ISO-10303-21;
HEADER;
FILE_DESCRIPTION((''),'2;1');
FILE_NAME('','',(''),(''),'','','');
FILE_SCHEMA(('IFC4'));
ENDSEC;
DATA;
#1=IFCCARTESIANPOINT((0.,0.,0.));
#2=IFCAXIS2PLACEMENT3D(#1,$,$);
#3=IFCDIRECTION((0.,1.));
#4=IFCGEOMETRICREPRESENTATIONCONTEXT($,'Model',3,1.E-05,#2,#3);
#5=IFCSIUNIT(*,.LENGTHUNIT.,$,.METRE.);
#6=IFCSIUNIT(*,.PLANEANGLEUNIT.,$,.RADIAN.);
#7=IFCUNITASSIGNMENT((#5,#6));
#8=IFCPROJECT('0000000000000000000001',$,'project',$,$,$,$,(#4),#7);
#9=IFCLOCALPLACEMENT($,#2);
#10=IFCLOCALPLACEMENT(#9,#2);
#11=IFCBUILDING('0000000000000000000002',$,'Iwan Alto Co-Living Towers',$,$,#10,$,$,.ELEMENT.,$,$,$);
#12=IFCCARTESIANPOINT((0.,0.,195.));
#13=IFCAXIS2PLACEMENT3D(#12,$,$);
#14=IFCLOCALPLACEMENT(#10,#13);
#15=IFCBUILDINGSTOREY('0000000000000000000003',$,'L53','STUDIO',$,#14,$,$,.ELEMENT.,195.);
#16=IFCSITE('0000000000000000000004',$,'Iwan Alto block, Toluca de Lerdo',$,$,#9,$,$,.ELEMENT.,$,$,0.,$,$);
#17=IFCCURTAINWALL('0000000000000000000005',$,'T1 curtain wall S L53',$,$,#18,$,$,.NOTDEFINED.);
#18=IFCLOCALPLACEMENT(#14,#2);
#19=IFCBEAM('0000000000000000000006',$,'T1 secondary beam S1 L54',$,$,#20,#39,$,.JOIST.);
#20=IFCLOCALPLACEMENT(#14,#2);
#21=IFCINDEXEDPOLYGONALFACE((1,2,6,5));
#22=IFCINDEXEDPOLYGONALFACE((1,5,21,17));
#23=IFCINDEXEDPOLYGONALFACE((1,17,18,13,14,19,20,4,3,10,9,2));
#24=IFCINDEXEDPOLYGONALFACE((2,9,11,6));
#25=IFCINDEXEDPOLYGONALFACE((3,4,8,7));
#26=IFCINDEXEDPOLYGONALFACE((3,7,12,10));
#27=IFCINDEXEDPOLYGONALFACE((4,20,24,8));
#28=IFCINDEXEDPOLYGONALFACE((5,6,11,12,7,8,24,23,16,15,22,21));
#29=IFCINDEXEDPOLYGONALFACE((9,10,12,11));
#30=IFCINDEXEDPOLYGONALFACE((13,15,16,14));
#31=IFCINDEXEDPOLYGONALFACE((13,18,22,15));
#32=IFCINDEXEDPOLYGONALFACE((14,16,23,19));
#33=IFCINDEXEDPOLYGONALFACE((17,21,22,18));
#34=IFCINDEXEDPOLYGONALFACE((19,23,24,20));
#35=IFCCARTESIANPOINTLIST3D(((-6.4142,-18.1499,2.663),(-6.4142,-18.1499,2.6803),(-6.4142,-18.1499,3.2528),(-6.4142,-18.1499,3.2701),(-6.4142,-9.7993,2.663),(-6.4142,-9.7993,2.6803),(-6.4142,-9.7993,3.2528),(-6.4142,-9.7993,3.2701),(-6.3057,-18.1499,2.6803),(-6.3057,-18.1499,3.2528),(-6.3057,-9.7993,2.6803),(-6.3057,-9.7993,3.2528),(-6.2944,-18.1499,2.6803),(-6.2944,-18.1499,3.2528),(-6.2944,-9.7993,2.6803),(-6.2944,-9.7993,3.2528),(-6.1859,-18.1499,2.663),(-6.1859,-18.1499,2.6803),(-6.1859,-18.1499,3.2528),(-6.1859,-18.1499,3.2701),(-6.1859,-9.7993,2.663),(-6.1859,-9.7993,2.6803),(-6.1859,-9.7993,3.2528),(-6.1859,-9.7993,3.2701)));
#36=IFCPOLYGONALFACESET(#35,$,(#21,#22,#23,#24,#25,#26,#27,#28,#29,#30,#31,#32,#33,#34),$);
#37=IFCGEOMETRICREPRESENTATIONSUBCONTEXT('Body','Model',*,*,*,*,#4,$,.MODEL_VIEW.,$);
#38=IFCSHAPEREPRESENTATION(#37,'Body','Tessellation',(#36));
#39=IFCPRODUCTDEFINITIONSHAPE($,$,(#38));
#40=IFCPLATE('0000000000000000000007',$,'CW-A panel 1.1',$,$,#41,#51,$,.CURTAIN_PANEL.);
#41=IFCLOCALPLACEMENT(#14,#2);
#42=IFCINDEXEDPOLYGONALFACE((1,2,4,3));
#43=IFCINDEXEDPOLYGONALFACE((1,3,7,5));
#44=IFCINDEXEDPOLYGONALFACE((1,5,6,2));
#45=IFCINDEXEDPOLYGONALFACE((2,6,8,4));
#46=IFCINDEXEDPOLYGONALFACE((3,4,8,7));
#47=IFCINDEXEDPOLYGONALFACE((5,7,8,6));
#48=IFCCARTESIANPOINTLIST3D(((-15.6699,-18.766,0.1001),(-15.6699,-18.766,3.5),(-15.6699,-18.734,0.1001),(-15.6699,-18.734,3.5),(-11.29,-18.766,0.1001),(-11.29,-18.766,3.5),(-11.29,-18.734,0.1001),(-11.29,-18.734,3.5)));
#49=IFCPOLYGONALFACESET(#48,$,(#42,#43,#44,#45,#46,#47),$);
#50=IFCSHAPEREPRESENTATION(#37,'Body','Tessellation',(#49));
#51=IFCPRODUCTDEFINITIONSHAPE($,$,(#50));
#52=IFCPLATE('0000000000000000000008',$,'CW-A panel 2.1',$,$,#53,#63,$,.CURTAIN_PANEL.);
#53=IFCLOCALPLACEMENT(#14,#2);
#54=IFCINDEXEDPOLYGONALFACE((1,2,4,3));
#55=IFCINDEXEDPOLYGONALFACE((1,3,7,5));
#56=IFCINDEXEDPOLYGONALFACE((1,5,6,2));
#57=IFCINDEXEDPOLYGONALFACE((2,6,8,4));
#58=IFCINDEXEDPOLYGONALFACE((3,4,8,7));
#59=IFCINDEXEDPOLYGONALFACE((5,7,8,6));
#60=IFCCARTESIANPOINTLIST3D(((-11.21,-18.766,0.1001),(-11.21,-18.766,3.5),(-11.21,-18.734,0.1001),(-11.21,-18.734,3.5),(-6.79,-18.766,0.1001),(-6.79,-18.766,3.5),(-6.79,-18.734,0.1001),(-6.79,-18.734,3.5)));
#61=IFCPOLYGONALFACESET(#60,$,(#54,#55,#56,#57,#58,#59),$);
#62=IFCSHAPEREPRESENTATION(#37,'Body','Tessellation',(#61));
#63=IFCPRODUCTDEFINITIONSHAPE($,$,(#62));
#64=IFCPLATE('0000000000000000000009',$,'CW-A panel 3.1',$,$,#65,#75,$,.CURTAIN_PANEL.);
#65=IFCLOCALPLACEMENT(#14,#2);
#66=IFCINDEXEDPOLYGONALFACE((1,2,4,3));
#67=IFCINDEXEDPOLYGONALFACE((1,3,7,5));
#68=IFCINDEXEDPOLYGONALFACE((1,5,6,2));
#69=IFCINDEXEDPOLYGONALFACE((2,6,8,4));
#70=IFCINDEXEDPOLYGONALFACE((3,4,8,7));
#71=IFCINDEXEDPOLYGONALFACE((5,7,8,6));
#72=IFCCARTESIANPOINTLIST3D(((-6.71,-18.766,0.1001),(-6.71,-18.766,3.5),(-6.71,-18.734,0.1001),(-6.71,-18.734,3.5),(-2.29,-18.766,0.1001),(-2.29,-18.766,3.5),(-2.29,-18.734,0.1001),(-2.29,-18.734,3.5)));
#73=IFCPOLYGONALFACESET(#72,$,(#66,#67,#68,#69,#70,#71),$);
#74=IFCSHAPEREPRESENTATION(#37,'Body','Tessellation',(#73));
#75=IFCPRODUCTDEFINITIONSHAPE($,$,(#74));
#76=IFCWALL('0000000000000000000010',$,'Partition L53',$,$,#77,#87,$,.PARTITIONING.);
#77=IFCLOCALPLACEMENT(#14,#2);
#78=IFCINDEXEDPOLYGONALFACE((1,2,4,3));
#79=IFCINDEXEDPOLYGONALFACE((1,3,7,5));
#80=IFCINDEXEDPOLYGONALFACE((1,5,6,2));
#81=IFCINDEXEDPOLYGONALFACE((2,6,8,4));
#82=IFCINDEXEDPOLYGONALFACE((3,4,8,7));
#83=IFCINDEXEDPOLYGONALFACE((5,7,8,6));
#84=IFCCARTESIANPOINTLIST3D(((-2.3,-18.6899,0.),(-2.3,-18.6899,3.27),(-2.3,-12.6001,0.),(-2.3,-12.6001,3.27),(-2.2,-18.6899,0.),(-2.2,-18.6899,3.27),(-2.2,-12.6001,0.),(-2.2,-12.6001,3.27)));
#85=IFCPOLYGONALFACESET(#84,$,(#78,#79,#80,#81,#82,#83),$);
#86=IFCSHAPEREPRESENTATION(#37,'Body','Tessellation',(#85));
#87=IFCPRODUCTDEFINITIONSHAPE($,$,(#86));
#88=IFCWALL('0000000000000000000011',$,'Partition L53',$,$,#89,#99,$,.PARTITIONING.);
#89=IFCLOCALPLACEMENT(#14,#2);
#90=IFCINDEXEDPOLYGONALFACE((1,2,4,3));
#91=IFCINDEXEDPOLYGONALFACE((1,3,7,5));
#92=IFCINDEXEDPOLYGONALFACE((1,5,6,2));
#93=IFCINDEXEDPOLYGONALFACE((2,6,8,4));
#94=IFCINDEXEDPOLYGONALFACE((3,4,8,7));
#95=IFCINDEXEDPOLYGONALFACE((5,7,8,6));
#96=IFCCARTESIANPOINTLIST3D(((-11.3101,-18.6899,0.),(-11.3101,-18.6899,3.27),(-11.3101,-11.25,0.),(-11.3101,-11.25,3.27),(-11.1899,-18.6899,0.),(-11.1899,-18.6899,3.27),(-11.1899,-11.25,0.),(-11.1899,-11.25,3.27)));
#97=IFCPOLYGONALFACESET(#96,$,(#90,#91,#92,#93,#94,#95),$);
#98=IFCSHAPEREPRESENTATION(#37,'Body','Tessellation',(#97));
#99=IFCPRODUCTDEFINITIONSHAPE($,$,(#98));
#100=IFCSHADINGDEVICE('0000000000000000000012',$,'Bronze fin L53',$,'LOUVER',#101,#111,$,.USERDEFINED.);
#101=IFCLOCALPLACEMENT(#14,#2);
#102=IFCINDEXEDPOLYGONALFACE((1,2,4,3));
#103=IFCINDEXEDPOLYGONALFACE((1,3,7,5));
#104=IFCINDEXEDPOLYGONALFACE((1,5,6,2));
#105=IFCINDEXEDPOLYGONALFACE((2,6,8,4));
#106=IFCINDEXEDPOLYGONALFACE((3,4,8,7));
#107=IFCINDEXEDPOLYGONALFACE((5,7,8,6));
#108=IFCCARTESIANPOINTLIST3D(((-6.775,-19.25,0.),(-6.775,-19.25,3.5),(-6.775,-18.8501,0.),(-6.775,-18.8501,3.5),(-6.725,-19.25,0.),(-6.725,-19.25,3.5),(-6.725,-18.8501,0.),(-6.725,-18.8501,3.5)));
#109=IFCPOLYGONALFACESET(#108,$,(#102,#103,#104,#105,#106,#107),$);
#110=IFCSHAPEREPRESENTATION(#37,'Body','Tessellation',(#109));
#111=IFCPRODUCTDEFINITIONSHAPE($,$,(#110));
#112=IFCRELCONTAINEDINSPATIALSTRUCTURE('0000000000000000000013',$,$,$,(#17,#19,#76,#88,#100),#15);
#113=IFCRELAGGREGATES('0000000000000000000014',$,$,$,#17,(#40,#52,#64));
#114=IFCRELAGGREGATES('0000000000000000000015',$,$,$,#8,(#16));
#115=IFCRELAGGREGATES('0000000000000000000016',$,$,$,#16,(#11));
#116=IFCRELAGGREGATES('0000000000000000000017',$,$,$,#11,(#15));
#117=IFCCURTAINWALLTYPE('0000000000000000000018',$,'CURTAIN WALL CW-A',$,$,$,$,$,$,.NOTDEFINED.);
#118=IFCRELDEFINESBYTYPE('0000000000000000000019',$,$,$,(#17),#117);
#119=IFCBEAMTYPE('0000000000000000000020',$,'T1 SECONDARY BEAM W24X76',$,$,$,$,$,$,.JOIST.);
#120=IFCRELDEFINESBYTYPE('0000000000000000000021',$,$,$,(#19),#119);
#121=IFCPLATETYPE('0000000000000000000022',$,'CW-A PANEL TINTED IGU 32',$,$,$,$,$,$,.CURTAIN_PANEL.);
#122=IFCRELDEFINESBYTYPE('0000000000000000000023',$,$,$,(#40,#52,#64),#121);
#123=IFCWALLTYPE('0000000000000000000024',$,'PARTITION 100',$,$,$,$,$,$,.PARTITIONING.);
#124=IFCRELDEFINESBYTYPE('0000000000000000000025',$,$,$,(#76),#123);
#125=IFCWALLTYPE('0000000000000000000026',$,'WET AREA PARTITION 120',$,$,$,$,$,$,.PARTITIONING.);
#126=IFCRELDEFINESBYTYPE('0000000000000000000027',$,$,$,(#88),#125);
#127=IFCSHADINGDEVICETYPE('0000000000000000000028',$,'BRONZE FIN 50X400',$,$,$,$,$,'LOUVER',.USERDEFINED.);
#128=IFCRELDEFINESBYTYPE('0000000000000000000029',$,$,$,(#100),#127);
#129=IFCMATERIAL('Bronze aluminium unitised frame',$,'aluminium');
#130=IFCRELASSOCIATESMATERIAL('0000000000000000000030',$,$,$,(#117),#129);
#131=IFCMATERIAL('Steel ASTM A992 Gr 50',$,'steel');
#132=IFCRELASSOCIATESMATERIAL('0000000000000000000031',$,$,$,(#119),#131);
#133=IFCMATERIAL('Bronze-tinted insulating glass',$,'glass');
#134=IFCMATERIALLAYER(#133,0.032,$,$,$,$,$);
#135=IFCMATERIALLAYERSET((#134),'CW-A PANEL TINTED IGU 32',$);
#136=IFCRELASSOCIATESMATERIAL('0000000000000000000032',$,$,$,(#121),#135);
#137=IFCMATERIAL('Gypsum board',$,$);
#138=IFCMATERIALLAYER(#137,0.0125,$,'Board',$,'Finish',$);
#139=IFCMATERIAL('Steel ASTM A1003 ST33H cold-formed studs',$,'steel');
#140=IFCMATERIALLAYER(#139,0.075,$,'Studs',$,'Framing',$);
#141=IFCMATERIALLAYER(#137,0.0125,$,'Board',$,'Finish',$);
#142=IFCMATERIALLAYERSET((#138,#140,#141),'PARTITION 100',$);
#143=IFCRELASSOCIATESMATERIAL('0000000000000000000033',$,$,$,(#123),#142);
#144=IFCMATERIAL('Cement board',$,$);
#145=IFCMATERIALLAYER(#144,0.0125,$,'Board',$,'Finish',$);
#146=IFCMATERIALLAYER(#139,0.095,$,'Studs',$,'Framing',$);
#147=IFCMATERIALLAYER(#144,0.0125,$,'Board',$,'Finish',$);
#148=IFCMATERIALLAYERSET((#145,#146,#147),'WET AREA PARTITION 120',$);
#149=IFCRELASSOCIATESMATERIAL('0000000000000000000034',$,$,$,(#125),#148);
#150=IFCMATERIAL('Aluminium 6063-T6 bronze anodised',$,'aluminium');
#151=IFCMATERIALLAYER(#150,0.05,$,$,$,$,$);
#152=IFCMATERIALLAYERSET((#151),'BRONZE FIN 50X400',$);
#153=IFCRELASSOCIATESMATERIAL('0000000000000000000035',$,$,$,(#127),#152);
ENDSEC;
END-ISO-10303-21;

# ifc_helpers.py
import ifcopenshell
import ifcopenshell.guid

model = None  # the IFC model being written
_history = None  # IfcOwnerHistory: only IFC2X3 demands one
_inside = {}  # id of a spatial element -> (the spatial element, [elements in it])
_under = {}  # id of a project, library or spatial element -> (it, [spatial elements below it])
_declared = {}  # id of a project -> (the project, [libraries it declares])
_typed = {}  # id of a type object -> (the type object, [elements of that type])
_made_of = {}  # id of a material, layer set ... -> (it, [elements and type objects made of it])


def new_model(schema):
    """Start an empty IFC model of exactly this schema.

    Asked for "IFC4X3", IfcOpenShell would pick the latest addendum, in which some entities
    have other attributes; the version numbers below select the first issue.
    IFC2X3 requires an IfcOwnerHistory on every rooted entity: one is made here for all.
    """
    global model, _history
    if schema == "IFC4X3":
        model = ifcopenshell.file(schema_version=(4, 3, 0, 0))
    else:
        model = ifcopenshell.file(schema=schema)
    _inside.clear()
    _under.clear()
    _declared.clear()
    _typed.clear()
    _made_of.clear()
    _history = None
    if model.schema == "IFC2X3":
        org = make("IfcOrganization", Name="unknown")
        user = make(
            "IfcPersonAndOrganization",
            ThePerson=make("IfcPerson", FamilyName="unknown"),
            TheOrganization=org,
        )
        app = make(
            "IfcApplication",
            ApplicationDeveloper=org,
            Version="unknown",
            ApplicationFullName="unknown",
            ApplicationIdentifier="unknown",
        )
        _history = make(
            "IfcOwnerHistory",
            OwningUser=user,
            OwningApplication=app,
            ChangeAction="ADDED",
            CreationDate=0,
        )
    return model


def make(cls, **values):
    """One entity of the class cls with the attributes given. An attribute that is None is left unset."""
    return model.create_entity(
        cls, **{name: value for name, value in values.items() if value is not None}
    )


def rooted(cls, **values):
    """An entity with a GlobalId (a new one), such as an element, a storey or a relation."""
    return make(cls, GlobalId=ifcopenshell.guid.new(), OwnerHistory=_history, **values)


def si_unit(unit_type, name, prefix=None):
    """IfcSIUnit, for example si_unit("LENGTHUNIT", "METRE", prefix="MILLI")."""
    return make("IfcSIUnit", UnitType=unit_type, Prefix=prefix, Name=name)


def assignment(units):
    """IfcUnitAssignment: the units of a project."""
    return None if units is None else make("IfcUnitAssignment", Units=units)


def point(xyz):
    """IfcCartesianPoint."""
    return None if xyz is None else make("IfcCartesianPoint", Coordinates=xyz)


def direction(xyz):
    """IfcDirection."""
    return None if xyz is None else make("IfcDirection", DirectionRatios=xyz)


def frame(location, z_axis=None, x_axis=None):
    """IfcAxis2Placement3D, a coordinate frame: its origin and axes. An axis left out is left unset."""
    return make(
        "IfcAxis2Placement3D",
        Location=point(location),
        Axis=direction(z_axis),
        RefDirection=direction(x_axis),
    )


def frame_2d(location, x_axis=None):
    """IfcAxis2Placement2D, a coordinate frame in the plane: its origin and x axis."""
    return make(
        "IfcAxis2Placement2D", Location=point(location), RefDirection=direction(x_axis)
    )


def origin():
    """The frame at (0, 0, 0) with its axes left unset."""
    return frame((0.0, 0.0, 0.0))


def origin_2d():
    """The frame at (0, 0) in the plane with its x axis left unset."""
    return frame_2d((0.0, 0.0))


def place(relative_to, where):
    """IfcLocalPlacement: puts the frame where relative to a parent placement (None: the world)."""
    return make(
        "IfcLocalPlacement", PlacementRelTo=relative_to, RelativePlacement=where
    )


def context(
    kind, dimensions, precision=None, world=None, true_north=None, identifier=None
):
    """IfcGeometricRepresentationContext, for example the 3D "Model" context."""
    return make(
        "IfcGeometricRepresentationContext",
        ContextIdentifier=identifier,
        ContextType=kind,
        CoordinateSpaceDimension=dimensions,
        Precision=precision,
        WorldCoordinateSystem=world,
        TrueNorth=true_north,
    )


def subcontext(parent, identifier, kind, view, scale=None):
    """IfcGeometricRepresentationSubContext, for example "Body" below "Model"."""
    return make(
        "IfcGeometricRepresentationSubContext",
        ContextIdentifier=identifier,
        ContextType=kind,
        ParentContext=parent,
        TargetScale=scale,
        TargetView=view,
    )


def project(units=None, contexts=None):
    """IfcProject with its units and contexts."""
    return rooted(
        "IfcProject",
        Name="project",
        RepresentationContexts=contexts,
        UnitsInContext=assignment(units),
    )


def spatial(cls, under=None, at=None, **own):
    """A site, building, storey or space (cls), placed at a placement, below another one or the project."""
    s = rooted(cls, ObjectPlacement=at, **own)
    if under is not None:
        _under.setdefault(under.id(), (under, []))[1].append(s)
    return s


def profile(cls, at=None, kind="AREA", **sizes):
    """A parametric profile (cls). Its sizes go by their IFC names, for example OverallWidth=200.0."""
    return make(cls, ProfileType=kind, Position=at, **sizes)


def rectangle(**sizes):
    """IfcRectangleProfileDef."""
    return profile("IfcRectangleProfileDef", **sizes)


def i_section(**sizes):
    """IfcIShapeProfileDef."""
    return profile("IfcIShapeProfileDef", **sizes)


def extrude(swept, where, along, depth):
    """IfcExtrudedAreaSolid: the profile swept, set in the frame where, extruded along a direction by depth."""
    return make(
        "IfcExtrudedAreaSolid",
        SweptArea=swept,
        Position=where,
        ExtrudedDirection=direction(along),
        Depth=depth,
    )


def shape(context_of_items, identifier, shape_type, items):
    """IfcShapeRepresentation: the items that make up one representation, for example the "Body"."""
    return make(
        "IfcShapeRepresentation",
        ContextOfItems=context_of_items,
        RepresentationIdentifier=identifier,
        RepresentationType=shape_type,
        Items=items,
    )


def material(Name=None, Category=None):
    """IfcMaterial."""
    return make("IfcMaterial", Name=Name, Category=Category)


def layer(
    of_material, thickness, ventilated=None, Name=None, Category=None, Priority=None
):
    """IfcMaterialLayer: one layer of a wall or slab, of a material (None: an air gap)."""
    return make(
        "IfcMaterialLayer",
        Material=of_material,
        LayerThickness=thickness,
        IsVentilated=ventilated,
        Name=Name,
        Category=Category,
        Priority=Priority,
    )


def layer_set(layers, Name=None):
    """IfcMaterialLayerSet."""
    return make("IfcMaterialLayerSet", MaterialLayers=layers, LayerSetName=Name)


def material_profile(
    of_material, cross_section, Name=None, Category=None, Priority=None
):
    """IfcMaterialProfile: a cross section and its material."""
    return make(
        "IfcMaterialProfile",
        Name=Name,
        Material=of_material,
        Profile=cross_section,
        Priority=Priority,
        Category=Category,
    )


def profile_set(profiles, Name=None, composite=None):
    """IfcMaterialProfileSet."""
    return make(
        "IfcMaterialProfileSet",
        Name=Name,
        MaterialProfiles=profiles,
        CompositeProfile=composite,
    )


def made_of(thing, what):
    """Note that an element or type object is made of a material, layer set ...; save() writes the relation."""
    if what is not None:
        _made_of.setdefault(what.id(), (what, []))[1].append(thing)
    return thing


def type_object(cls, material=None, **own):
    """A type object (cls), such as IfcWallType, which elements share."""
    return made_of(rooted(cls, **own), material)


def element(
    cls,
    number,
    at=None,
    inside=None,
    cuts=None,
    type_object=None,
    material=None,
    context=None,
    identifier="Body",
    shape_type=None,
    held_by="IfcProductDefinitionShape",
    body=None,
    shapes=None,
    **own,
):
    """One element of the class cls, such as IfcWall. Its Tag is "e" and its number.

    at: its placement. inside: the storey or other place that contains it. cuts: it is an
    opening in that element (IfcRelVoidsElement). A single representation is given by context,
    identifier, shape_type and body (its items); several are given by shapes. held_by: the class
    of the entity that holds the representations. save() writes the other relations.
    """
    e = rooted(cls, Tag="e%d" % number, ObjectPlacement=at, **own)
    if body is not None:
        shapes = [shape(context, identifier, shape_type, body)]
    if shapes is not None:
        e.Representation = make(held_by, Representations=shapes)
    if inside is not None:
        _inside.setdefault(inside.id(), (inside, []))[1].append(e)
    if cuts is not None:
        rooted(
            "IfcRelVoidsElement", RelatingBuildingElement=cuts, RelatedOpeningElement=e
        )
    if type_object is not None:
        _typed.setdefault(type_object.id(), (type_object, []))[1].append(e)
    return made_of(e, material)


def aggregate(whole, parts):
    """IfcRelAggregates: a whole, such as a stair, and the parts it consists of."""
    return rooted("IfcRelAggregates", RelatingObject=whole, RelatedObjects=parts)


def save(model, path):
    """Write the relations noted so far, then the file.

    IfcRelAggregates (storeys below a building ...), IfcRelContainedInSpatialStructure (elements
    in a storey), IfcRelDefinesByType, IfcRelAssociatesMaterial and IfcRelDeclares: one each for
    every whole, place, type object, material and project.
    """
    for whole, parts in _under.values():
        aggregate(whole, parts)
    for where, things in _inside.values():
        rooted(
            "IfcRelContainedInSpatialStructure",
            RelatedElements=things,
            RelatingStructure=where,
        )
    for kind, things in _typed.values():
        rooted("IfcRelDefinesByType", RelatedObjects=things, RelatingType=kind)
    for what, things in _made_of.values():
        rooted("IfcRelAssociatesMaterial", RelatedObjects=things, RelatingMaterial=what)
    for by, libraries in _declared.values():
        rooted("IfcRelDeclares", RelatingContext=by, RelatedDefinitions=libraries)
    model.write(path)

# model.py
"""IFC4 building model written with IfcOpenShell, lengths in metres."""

from ifc_helpers import new_model, si_unit, direction, frame, frame_2d, origin, origin_2d, place, context, subcontext, project, spatial, rectangle, i_section, extrude, material, layer, layer_set, material_profile, profile_set, type_object, element, aggregate, save


model = new_model("IFC4")

# Units and contexts
model_context = context("Model", 3, precision=1e-05, world=origin(), true_north=direction((0.0, 1.0)))
body_context = subcontext(model_context, "Body", "Model", "MODEL_VIEW")
ifc_project = project(units=[si_unit("LENGTHUNIT", "METRE"), si_unit("PLANEANGLEUNIT", "RADIAN")], contexts=[model_context])

# Site, building, storey
site_placement = place(None, origin())
site = spatial("IfcSite", under=ifc_project, at=site_placement, Name="Iwan Alto block, Toluca de Lerdo", CompositionType="ELEMENT", RefElevation=0.0)
building_placement = place(site_placement, origin())
building = spatial("IfcBuilding", under=site, at=building_placement, Name="Iwan Alto Co-Living Towers", CompositionType="ELEMENT")
storey_placement = place(building_placement, frame((0.0, 0.0, 195.0)))
storey = spatial("IfcBuildingStorey", under=building, at=storey_placement, Name="L53", Description="STUDIO", CompositionType="ELEMENT", Elevation=195.0)

# Curtain wall
ifc_material_1 = material(Name="Bronze aluminium unitised frame", Category="aluminium")
curtain_wall_type = type_object("IfcCurtainWallType", Name="CURTAIN WALL CW-A", PredefinedType="NOTDEFINED", material=ifc_material_1)
curtain_wall_placement = place(storey_placement, origin())
curtain_wall = element("IfcCurtainWall", 1, at=curtain_wall_placement, inside=storey, type_object=curtain_wall_type, Name="T1 curtain wall S L53", PredefinedType="NOTDEFINED")

# Beam
ifc_material_2 = material(Name="Steel ASTM A992 Gr 50", Category="steel")
ifc_material_profile_1 = material_profile(ifc_material_2, i_section(OverallWidth=0.2283, OverallDepth=0.6072, WebThickness=0.0112, FlangeThickness=0.0173, at=origin_2d()), Name="W24X76")
ifc_profile_set_1 = profile_set([ifc_material_profile_1], Name="Steel ASTM A992 Gr 50")
beam_type_1 = type_object("IfcBeamType", Name="T1 SECONDARY BEAM W24X76", PredefinedType="JOIST", material=ifc_profile_set_1)
beam_1_placement = place(storey_placement, frame((-6.3, -18.1499, 2.9666), z_axis=(0.0, 1.0, 0.0), x_axis=(-1.0, 0.0, 0.0)))
element("IfcBeam", 2, at=beam_1_placement, inside=storey, type_object=beam_type_1, Name="T1 secondary beam S1 L54", PredefinedType="JOIST", context=body_context, shape_type="SweptSolid", body=[
    extrude(i_section(OverallWidth=0.2283, OverallDepth=0.6072, WebThickness=0.0112, FlangeThickness=0.0173, at=origin_2d()), origin(), (0.0, 0.0, 1.0), 8.3506),
])

# Plates
ifc_material_3 = material(Name="Bronze-tinted insulating glass", Category="glass")
ifc_layer_1 = layer(ifc_material_3, 0.032)
ifc_layer_set_1 = layer_set([ifc_layer_1], Name="CW-A PANEL TINTED IGU 32")
plate_type = type_object("IfcPlateType", Name="CW-A PANEL TINTED IGU 32", PredefinedType="CURTAIN_PANEL", material=ifc_layer_set_1)
plate_1_placement = place(storey_placement, frame((-13.48, -18.75, 0.1001), z_axis=(0.0, 0.0, 1.0), x_axis=(1.0, 0.0, 0.0)))
plate_1 = element("IfcPlate", 3, at=plate_1_placement, type_object=plate_type, Name="CW-A panel 1.1", PredefinedType="CURTAIN_PANEL", context=body_context, shape_type="SweptSolid", body=[
    extrude(rectangle(XDim=4.3799, YDim=0.032, at=origin_2d()), origin(), (0.0, 0.0, 1.0), 3.3999),
])
plate_2_placement = place(storey_placement, frame((-9.0, -18.75, 0.1001), z_axis=(0.0, 0.0, 1.0), x_axis=(1.0, 0.0, 0.0)))
plate_2 = element("IfcPlate", 4, at=plate_2_placement, type_object=plate_type, Name="CW-A panel 2.1", PredefinedType="CURTAIN_PANEL", context=body_context, shape_type="SweptSolid", body=[
    extrude(rectangle(XDim=4.4199, YDim=0.032, at=origin_2d()), origin(), (0.0, 0.0, 1.0), 3.3999),
])
plate_3_placement = place(storey_placement, frame((-4.5, -18.75, 0.1001), z_axis=(0.0, 0.0, 1.0), x_axis=(1.0, 0.0, 0.0)))
plate_3 = element("IfcPlate", 5, at=plate_3_placement, type_object=plate_type, Name="CW-A panel 3.1", PredefinedType="CURTAIN_PANEL", context=body_context, shape_type="SweptSolid", body=[
    extrude(rectangle(XDim=4.4199, YDim=0.032, at=origin_2d()), origin(), (0.0, 0.0, 1.0), 3.3999),
])
aggregate(curtain_wall, [plate_1, plate_2, plate_3])

# Walls
ifc_material_4 = material(Name="Gypsum board")
ifc_layer_2 = layer(ifc_material_4, 0.0125, Name="Board", Category="Finish")
ifc_material_5 = material(Name="Steel ASTM A1003 ST33H cold-formed studs", Category="steel")
ifc_layer_3 = layer(ifc_material_5, 0.075, Name="Studs", Category="Framing")
ifc_layer_4 = layer(ifc_material_4, 0.0125, Name="Board", Category="Finish")
ifc_layer_set_2 = layer_set([ifc_layer_2, ifc_layer_3, ifc_layer_4], Name="PARTITION 100")
wall_type_1 = type_object("IfcWallType", Name="PARTITION 100", PredefinedType="PARTITIONING", material=ifc_layer_set_2)
wall_1_placement = place(storey_placement, frame((-2.25, -18.6899, 0.0), z_axis=(0.0, 0.0, 1.0), x_axis=(0.0, 1.0, 0.0)))
element("IfcWall", 6, at=wall_1_placement, inside=storey, type_object=wall_type_1, Name="Partition L53", PredefinedType="PARTITIONING", context=body_context, shape_type="SweptSolid", body=[
    extrude(rectangle(XDim=6.0898, YDim=0.1001, at=frame_2d((3.0449, 0.0))), origin(), (0.0, 0.0, 1.0), 3.27),
])
ifc_material_6 = material(Name="Cement board")
ifc_layer_5 = layer(ifc_material_6, 0.0125, Name="Board", Category="Finish")
ifc_layer_6 = layer(ifc_material_5, 0.095, Name="Studs", Category="Framing")
ifc_layer_7 = layer(ifc_material_6, 0.0125, Name="Board", Category="Finish")
ifc_layer_set_3 = layer_set([ifc_layer_5, ifc_layer_6, ifc_layer_7], Name="WET AREA PARTITION 120")
wall_type_2 = type_object("IfcWallType", Name="WET AREA PARTITION 120", PredefinedType="PARTITIONING", material=ifc_layer_set_3)
wall_2_placement = place(storey_placement, frame((-11.25, -18.6899, 0.0), z_axis=(0.0, 0.0, 1.0), x_axis=(0.0, 1.0, 0.0)))
element("IfcWall", 7, at=wall_2_placement, inside=storey, type_object=wall_type_2, Name="Partition L53", PredefinedType="PARTITIONING", context=body_context, shape_type="SweptSolid", body=[
    extrude(rectangle(XDim=7.4399, YDim=0.1201, at=frame_2d((3.72, 0.0))), origin(), (0.0, 0.0, 1.0), 3.27),
])

# Shading device
ifc_material_7 = material(Name="Aluminium 6063-T6 bronze anodised", Category="aluminium")
ifc_layer_8 = layer(ifc_material_7, 0.05)
ifc_layer_set_4 = layer_set([ifc_layer_8], Name="BRONZE FIN 50X400")
shading_device_type = type_object("IfcShadingDeviceType", Name="BRONZE FIN 50X400", ElementType="LOUVER", PredefinedType="USERDEFINED", material=ifc_layer_set_4)
shading_device_placement = place(storey_placement, frame((-6.75, -19.05, 0.0), z_axis=(0.0, 0.0, 1.0), x_axis=(1.0, 0.0, 0.0)))
element("IfcShadingDevice", 8, at=shading_device_placement, inside=storey, type_object=shading_device_type, Name="Bronze fin L53", ObjectType="LOUVER", PredefinedType="USERDEFINED", context=body_context, shape_type="SweptSolid", body=[
    extrude(rectangle(XDim=0.05, YDim=0.3999, at=origin_2d()), origin(), (0.0, 0.0, 1.0), 3.5),
])

save(model, "model.ifc")
